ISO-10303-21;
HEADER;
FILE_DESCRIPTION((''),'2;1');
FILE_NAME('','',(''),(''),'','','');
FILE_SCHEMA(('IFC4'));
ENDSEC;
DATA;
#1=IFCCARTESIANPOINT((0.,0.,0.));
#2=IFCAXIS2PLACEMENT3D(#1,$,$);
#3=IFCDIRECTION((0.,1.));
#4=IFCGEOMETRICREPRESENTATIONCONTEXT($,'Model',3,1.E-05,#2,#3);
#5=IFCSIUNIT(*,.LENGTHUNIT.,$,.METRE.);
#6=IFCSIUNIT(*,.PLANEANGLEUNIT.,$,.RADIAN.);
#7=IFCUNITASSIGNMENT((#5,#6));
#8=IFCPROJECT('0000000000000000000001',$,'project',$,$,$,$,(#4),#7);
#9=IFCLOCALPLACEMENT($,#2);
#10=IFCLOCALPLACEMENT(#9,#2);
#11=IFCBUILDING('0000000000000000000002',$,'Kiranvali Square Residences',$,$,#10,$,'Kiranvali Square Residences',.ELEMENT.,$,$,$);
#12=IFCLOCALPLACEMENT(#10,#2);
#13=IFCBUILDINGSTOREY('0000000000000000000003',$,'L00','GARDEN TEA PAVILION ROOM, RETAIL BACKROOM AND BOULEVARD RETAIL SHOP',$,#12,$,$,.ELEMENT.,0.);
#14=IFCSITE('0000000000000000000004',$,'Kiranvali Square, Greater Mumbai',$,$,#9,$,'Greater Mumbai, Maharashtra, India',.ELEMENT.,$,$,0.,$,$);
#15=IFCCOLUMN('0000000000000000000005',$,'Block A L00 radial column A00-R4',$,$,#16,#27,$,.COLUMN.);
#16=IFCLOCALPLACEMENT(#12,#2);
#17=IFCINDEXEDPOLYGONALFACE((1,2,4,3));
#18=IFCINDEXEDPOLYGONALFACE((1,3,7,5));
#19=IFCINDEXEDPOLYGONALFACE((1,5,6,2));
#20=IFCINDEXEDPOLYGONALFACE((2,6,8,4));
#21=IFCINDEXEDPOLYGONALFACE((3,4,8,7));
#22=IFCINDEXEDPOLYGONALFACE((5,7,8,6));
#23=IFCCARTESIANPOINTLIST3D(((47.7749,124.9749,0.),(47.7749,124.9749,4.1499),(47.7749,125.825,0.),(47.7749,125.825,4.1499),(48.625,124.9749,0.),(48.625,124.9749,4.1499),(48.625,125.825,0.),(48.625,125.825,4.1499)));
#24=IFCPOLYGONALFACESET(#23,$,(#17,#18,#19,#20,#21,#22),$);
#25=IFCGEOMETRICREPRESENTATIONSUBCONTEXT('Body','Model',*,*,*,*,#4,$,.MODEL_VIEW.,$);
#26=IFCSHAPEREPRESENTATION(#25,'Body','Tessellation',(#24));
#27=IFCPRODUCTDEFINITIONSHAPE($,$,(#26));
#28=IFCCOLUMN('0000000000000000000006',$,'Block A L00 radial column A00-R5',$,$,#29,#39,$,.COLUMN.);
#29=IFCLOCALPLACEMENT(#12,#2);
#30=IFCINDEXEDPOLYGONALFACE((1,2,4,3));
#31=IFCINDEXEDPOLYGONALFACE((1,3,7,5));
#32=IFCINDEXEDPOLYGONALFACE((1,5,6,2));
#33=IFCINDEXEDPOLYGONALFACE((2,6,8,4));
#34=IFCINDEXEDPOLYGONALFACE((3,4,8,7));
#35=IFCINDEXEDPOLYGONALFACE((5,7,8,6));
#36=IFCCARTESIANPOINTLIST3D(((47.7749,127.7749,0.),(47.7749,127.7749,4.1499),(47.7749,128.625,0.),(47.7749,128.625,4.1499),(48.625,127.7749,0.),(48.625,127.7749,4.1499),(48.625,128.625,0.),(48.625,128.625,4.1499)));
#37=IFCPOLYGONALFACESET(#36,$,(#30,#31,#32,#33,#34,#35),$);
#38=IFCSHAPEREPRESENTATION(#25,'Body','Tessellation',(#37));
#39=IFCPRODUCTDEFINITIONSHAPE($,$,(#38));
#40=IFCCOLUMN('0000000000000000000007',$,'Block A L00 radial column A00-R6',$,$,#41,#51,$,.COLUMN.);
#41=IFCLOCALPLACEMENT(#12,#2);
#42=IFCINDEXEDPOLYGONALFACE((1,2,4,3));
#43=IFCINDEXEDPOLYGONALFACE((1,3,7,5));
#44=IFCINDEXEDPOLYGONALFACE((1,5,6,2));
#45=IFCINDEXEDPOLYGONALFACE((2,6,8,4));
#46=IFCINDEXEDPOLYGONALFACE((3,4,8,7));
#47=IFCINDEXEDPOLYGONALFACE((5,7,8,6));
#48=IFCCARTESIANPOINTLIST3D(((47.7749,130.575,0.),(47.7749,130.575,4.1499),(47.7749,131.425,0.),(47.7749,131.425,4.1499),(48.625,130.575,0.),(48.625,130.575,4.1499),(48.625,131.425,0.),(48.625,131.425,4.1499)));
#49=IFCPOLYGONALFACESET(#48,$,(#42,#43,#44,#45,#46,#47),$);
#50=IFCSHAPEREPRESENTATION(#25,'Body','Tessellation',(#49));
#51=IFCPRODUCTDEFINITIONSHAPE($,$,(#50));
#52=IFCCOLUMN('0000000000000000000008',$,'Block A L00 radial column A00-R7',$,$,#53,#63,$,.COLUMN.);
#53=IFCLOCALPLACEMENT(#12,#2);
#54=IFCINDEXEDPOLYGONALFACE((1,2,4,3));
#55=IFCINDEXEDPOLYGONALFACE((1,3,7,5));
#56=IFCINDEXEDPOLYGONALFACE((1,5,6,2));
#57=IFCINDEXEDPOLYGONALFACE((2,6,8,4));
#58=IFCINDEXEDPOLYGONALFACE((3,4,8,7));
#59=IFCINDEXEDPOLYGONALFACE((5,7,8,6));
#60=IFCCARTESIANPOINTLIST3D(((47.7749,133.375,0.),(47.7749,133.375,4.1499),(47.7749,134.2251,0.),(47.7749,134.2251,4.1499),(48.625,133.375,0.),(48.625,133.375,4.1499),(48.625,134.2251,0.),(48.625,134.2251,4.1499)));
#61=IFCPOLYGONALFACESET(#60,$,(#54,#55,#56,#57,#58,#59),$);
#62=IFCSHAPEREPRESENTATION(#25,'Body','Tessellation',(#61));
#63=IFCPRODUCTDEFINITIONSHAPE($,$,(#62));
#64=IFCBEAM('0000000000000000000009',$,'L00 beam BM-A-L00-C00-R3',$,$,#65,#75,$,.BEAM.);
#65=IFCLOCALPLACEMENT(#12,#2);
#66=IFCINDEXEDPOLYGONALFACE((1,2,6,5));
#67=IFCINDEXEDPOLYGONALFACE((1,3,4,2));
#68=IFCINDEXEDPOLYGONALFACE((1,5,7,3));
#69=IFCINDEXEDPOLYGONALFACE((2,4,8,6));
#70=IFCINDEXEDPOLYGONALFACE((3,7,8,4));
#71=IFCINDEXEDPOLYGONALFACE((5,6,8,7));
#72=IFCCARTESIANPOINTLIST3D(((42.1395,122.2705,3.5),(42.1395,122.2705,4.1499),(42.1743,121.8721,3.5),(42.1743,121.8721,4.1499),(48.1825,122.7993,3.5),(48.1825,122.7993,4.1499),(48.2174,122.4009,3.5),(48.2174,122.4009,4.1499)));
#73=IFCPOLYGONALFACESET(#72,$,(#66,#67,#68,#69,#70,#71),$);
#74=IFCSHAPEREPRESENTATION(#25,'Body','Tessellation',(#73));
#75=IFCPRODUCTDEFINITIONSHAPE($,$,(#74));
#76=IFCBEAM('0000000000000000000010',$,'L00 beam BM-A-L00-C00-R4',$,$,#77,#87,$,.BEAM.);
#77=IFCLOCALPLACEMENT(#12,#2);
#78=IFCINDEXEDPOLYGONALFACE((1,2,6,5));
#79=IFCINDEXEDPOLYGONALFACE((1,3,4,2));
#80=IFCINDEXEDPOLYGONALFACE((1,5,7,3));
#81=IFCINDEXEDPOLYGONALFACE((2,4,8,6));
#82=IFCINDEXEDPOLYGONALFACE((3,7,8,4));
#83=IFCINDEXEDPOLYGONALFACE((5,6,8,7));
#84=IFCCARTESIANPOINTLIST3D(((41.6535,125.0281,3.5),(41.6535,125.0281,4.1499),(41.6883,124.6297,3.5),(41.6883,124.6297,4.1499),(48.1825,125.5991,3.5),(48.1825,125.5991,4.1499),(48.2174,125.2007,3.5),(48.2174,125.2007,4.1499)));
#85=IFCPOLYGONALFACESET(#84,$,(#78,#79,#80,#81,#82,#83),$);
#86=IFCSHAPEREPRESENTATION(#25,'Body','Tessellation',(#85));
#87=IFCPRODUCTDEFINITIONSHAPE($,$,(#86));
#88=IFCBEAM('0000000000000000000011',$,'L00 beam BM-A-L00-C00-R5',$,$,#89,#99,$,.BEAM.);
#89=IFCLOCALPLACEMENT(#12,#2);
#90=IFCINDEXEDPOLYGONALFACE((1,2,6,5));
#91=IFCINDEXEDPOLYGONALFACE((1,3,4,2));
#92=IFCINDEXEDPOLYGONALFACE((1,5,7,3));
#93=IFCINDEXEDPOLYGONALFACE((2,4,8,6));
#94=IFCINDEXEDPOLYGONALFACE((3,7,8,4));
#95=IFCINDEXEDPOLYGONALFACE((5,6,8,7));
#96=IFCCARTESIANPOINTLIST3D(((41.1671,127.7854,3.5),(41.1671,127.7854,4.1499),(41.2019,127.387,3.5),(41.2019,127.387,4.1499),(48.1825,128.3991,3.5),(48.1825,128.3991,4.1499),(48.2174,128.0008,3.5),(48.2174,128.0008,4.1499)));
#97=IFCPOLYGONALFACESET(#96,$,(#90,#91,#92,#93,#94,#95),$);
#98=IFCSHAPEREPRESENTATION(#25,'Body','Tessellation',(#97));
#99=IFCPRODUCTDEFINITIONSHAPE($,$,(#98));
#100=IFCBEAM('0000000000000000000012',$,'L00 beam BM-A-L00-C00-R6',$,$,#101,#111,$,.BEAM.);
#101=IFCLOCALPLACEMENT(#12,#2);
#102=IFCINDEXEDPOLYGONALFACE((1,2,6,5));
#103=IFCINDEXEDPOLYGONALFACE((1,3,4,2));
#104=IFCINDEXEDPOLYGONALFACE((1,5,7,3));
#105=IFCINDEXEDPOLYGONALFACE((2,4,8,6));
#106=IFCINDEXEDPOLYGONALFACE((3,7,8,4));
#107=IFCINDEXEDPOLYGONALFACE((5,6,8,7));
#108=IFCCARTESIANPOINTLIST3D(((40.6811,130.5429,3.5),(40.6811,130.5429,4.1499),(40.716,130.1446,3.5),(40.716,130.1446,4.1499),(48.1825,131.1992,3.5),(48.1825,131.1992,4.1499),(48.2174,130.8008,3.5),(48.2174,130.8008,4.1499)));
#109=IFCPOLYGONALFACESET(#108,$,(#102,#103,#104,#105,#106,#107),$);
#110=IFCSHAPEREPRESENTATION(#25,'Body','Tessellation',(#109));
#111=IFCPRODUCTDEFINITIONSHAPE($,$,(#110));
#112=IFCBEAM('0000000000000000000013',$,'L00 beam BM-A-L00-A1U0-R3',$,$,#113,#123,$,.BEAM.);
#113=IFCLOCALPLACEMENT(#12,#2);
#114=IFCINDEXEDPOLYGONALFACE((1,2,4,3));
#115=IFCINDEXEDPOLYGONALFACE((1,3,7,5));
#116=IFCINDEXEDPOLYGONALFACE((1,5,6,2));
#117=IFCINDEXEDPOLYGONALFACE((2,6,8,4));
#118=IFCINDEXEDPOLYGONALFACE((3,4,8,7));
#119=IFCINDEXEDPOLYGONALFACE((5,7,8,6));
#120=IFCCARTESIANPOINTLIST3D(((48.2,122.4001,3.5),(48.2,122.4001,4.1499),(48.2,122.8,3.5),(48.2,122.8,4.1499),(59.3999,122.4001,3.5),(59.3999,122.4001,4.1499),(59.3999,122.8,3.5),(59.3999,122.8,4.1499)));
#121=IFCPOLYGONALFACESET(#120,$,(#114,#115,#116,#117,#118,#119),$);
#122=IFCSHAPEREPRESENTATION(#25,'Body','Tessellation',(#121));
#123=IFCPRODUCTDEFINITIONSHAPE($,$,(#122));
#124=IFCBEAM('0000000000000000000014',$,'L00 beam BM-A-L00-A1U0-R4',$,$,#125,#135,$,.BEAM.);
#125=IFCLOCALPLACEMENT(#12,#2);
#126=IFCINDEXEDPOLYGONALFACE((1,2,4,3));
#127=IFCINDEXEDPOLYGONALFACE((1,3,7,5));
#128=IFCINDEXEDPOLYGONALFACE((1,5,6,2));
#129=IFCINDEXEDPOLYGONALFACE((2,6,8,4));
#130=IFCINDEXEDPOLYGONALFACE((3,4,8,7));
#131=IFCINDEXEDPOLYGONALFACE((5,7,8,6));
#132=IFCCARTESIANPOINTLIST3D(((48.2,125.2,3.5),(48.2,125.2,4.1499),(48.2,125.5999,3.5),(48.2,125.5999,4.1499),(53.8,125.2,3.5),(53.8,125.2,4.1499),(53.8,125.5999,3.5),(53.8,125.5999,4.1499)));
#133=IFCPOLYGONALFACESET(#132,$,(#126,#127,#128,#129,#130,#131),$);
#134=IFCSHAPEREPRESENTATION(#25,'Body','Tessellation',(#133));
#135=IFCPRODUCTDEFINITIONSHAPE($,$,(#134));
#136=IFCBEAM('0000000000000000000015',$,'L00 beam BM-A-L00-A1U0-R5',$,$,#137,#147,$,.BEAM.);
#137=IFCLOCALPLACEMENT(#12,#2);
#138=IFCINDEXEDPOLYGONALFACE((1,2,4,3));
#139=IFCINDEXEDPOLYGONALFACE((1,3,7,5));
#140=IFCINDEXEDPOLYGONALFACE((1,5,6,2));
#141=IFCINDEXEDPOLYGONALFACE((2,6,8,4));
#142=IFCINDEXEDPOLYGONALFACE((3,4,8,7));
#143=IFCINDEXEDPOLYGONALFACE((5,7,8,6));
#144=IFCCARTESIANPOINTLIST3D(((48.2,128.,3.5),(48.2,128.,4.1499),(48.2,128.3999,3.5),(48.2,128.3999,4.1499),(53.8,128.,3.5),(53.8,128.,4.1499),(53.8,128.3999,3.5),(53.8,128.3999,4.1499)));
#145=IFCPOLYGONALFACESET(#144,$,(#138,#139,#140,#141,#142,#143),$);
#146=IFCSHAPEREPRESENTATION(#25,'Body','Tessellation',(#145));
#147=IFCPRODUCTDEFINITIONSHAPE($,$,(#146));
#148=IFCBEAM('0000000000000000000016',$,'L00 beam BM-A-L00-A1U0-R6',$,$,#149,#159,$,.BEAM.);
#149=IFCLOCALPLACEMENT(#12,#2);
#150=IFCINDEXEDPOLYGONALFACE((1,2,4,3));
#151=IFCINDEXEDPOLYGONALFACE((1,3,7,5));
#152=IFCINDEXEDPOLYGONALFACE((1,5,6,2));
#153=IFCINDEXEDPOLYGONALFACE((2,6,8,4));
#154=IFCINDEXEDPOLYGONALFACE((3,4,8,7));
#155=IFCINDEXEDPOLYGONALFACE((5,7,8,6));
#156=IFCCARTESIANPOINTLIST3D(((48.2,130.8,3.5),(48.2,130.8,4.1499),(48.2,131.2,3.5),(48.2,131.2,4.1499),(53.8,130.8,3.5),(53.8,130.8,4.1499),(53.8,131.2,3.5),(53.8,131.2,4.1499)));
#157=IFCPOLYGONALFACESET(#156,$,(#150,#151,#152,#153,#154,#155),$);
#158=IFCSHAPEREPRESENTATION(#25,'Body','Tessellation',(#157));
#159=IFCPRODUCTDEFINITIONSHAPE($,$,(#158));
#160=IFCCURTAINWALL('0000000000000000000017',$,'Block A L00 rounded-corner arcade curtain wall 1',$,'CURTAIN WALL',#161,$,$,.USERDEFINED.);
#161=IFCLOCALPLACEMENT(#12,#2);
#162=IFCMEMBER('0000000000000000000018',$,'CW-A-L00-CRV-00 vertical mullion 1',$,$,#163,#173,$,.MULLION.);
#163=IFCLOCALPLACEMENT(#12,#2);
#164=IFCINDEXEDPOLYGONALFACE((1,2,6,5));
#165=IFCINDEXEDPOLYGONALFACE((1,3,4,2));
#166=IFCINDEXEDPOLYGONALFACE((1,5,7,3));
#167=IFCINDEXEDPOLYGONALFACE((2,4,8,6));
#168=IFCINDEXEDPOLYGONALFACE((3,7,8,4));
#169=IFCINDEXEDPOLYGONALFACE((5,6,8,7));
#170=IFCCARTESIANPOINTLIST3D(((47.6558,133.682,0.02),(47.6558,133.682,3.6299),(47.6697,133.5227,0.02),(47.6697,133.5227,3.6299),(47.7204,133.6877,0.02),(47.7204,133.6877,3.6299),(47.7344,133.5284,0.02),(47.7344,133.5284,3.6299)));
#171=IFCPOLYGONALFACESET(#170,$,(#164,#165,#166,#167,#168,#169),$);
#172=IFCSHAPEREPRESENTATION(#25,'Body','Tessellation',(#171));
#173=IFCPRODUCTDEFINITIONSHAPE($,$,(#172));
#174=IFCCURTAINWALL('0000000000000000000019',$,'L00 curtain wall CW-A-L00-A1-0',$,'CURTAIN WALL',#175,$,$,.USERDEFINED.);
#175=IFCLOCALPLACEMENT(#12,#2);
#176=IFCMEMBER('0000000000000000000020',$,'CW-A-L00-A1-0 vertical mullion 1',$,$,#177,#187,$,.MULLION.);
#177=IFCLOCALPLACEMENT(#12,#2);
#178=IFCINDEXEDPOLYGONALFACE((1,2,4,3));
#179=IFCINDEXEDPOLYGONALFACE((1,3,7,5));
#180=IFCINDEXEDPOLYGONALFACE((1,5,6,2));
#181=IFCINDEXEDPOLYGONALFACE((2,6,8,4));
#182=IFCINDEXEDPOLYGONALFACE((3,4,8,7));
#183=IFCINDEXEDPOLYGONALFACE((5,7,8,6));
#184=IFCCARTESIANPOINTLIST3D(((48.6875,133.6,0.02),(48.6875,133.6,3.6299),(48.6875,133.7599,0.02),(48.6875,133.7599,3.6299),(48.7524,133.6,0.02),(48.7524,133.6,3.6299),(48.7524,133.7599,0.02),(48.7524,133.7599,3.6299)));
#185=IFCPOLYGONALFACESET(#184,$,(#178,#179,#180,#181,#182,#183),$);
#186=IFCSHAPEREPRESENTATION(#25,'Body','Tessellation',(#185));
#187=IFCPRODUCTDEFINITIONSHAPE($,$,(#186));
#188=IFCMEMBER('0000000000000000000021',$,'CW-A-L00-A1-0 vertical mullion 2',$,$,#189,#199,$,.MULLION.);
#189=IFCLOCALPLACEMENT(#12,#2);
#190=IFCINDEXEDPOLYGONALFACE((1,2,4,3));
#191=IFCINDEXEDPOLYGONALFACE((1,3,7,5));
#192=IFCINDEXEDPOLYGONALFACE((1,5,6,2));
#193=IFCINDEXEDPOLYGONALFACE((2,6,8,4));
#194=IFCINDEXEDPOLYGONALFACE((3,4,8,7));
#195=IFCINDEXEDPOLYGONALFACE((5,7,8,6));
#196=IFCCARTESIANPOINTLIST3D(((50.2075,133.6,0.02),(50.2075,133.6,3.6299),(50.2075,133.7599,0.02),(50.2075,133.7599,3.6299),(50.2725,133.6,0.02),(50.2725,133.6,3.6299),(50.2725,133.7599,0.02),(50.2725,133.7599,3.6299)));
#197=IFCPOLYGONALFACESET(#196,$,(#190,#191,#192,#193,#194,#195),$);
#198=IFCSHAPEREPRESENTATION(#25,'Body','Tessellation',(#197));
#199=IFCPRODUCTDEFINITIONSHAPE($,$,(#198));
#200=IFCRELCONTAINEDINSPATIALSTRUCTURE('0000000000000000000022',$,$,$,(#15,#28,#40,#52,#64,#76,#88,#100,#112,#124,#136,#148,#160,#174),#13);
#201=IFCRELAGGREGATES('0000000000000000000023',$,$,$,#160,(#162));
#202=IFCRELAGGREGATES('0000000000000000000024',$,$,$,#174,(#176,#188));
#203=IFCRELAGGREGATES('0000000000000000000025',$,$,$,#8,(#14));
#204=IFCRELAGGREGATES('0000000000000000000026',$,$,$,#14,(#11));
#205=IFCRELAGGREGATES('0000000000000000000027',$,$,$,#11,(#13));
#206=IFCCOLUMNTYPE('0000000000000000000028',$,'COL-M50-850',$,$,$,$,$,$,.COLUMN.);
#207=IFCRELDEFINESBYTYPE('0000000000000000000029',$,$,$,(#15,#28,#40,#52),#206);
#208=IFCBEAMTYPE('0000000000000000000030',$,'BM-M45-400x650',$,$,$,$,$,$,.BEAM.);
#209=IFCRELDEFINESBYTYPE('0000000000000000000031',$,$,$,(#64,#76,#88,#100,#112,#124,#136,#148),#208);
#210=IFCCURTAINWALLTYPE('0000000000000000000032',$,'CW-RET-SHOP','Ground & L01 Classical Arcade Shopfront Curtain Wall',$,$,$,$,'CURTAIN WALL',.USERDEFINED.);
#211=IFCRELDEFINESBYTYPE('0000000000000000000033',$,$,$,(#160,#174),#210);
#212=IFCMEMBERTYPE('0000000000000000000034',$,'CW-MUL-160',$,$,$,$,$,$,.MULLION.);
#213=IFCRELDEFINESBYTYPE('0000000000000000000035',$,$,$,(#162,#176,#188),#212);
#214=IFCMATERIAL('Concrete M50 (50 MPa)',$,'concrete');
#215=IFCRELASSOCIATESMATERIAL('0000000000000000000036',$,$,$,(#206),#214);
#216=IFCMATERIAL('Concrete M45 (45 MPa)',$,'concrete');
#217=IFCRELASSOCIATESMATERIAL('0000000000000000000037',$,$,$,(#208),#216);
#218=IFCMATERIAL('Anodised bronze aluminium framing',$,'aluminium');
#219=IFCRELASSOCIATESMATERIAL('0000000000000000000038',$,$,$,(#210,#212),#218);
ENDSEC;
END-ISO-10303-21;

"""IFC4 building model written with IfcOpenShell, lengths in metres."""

from ifc_helpers import new_model, si_unit, direction, frame, origin, origin_2d, place, context, subcontext, project, spatial, rectangle, extrude, material, material_profile, profile_set, type_object, element, aggregate, save


model = new_model("IFC4")

# Units and contexts
model_context = context("Model", 3, precision=1e-05, world=origin(), true_north=direction((0.0, 1.0)))
body_context = subcontext(model_context, "Body", "Model", "MODEL_VIEW")
ifc_project = project(units=[si_unit("LENGTHUNIT", "METRE"), si_unit("PLANEANGLEUNIT", "RADIAN")], contexts=[model_context])

# Site, building, storey
site_placement = place(None, origin())
site = spatial("IfcSite", under=ifc_project, at=site_placement, Name="Kiranvali Square, Greater Mumbai", LongName="Greater Mumbai, Maharashtra, India", CompositionType="ELEMENT", RefElevation=0.0)
building_placement = place(site_placement, origin())
building = spatial("IfcBuilding", under=site, at=building_placement, Name="Kiranvali Square Residences", LongName="Kiranvali Square Residences", CompositionType="ELEMENT")
storey_placement = place(building_placement, origin())
storey = spatial("IfcBuildingStorey", under=building, at=storey_placement, Name="L00", Description="GARDEN TEA PAVILION ROOM, RETAIL BACKROOM AND BOULEVARD RETAIL SHOP", CompositionType="ELEMENT", Elevation=0.0)

# Columns
ifc_material_1 = material(Name="Concrete M50 (50 MPa)", Category="concrete")
ifc_material_profile_1 = material_profile(ifc_material_1, rectangle(XDim=0.8501, YDim=0.8501, at=origin_2d()), Name="RC 850x850")
ifc_profile_set_1 = profile_set([ifc_material_profile_1], Name="Concrete M50 (50 MPa)")
column_type = type_object("IfcColumnType", Name="COL-M50-850", PredefinedType="COLUMN", material=ifc_profile_set_1)
for number, where, z_axis, x_axis, name in (
    (1, (48.2, 125.3999, 0.0), (0.0, 0.0, 1.0), (1.0, 0.0, 0.0), "Block A L00 radial column A00-R4"),
    (2, (48.2, 128.2, 0.0), (0.0, 0.0, 1.0), (1.0, 0.0, 0.0), "Block A L00 radial column A00-R5"),
    (3, (48.2, 131.0, 0.0), (0.0, 0.0, 1.0), (1.0, 0.0, 0.0), "Block A L00 radial column A00-R6"),
    (4, (48.2, 133.8, 0.0), (0.0, 0.0, 1.0), (1.0, 0.0, 0.0), "Block A L00 radial column A00-R7"),
):
    element("IfcColumn", number, at=place(storey_placement, frame(where, z_axis=z_axis, x_axis=x_axis)), inside=storey, type_object=column_type, Name=name, PredefinedType="COLUMN", context=body_context, shape_type="SweptSolid", body=[
        extrude(rectangle(XDim=0.8501, YDim=0.8501, at=origin_2d()), origin(), (0.0, 0.0, 1.0), 4.1499),
    ])

# Beams
ifc_material_2 = material(Name="Concrete M45 (45 MPa)", Category="concrete")
ifc_material_profile_2 = material_profile(ifc_material_2, rectangle(XDim=0.3999, YDim=0.6499, at=origin_2d()), Name="RC 400x650")
ifc_profile_set_2 = profile_set([ifc_material_profile_2], Name="Concrete M45 (45 MPa)")
beam_type_1 = type_object("IfcBeamType", Name="BM-M45-400x650", PredefinedType="BEAM", material=ifc_profile_set_2)
beam_1_placement = place(storey_placement, frame((48.2, 122.6001, 3.825), z_axis=(-0.996193, -0.087175, 0.0), x_axis=(0.087175, -0.996193, 0.0)))
element("IfcBeam", 5, at=beam_1_placement, inside=storey, type_object=beam_type_1, Name="L00 beam BM-A-L00-C00-R3", PredefinedType="BEAM", context=body_context, shape_type="SweptSolid", body=[
    extrude(rectangle(XDim=0.3999, YDim=0.6499, at=origin_2d()), origin(), (0.0, 0.0, 1.0), 6.0662),
])
beam_2_placement = place(storey_placement, frame((48.2, 125.3999, 3.825), z_axis=(-0.996197, -0.08713, 0.0), x_axis=(0.08713, -0.996197, 0.0)))
element("IfcBeam", 6, at=beam_2_placement, inside=storey, type_object=beam_type_1, Name="L00 beam BM-A-L00-C00-R4", PredefinedType="BEAM", context=body_context, shape_type="SweptSolid", body=[
    extrude(rectangle(XDim=0.3999, YDim=0.6499, at=origin_2d()), origin(), (0.0, 0.0, 1.0), 6.554),
])
beam_3_placement = place(storey_placement, frame((48.2, 128.2, 3.825), z_axis=(-0.996195, -0.087156, 0.0), x_axis=(0.087156, -0.996195, 0.0)))
element("IfcBeam", 7, at=beam_3_placement, inside=storey, type_object=beam_type_1, Name="L00 beam BM-A-L00-C00-R5", PredefinedType="BEAM", context=body_context, shape_type="SweptSolid", body=[
    extrude(rectangle(XDim=0.3999, YDim=0.6499, at=origin_2d()), origin(), (0.0, 0.0, 1.0), 7.0422),
])
beam_4_placement = place(storey_placement, frame((48.2, 131.0, 3.825), z_axis=(-0.996195, -0.08715, 0.0), x_axis=(0.08715, -0.996195, 0.0)))
element("IfcBeam", 8, at=beam_4_placement, inside=storey, type_object=beam_type_1, Name="L00 beam BM-A-L00-C00-R6", PredefinedType="BEAM", context=body_context, shape_type="SweptSolid", body=[
    extrude(rectangle(XDim=0.3999, YDim=0.6499, at=origin_2d()), origin(), (0.0, 0.0, 1.0), 7.53),
])
beam_5_placement = place(storey_placement, frame((48.2, 122.6001, 3.825), z_axis=(1.0, 0.0, 0.0), x_axis=(0.0, 1.0, 0.0)))
element("IfcBeam", 9, at=beam_5_placement, inside=storey, type_object=beam_type_1, Name="L00 beam BM-A-L00-A1U0-R3", PredefinedType="BEAM", context=body_context, shape_type="SweptSolid", body=[
    extrude(rectangle(XDim=0.3999, YDim=0.6499, at=origin_2d()), origin(), (0.0, 0.0, 1.0), 11.2),
])
for number, where, z_axis, x_axis, name in (
    (10, (48.2, 125.3999, 3.825), (1.0, 0.0, 0.0), (0.0, 1.0, 0.0), "L00 beam BM-A-L00-A1U0-R4"),
    (11, (48.2, 128.2, 3.825), (1.0, 0.0, 0.0), (0.0, 1.0, 0.0), "L00 beam BM-A-L00-A1U0-R5"),
    (12, (48.2, 131.0, 3.825), (1.0, 0.0, 0.0), (0.0, 1.0, 0.0), "L00 beam BM-A-L00-A1U0-R6"),
):
    element("IfcBeam", number, at=place(storey_placement, frame(where, z_axis=z_axis, x_axis=x_axis)), inside=storey, type_object=beam_type_1, Name=name, PredefinedType="BEAM", context=body_context, shape_type="SweptSolid", body=[
        extrude(rectangle(XDim=0.3999, YDim=0.6499, at=origin_2d()), origin(), (0.0, 0.0, 1.0), 5.6001),
    ])

# Curtain wall, member
ifc_material_3 = material(Name="Anodised bronze aluminium framing", Category="aluminium")
curtain_wall_type = type_object("IfcCurtainWallType", Name="CW-RET-SHOP", Description="Ground & L01 Classical Arcade Shopfront Curtain Wall", ElementType="CURTAIN WALL", PredefinedType="USERDEFINED", material=ifc_material_3)
curtain_wall_1_placement = place(storey_placement, origin())
curtain_wall_1 = element("IfcCurtainWall", 13, at=curtain_wall_1_placement, inside=storey, type_object=curtain_wall_type, Name="Block A L00 rounded-corner arcade curtain wall 1", ObjectType="CURTAIN WALL", PredefinedType="USERDEFINED")
ifc_material_profile_3 = material_profile(ifc_material_3, rectangle(XDim=0.0649, YDim=0.1599, at=origin_2d()), Name="ALU 65x160")
ifc_profile_set_3 = profile_set([ifc_material_profile_3], Name="Anodised bronze aluminium framing")
member_type_1 = type_object("IfcMemberType", Name="CW-MUL-160", PredefinedType="MULLION", material=ifc_profile_set_3)
member_1_placement = place(storey_placement, frame((47.6951, 133.6052, 0.02), z_axis=(0.0, 0.0, 1.0), x_axis=(-0.996195, -0.087156, 0.0)))
member_1 = element("IfcMember", 14, at=member_1_placement, type_object=member_type_1, Name="CW-A-L00-CRV-00 vertical mullion 1", PredefinedType="MULLION", context=body_context, shape_type="SweptSolid", body=[
    extrude(rectangle(XDim=0.0649, YDim=0.1599, at=origin_2d()), origin(), (0.0, 0.0, 1.0), 3.6099),
])

# Curtain wall, members
curtain_wall_2_placement = place(storey_placement, origin())
curtain_wall_2 = element("IfcCurtainWall", 15, at=curtain_wall_2_placement, inside=storey, type_object=curtain_wall_type, Name="L00 curtain wall CW-A-L00-A1-0", ObjectType="CURTAIN WALL", PredefinedType="USERDEFINED")
member_2_placement = place(storey_placement, frame((48.72, 133.6799, 0.02), z_axis=(0.0, 0.0, 1.0), x_axis=(1.0, 0.0, 0.0)))
member_2 = element("IfcMember", 16, at=member_2_placement, type_object=member_type_1, Name="CW-A-L00-A1-0 vertical mullion 1", PredefinedType="MULLION", context=body_context, shape_type="SweptSolid", body=[
    extrude(rectangle(XDim=0.0649, YDim=0.1599, at=origin_2d()), origin(), (0.0, 0.0, 1.0), 3.6099),
])
member_3_placement = place(storey_placement, frame((50.24, 133.6799, 0.02), z_axis=(0.0, 0.0, 1.0), x_axis=(1.0, 0.0, 0.0)))
member_3 = element("IfcMember", 17, at=member_3_placement, type_object=member_type_1, Name="CW-A-L00-A1-0 vertical mullion 2", PredefinedType="MULLION", context=body_context, shape_type="SweptSolid", body=[
    extrude(rectangle(XDim=0.0649, YDim=0.1599, at=origin_2d()), origin(), (0.0, 0.0, 1.0), 3.6099),
])

aggregate(curtain_wall_1, [member_1])

aggregate(curtain_wall_2, [member_2, member_3])

save(model, "model.ifc")
